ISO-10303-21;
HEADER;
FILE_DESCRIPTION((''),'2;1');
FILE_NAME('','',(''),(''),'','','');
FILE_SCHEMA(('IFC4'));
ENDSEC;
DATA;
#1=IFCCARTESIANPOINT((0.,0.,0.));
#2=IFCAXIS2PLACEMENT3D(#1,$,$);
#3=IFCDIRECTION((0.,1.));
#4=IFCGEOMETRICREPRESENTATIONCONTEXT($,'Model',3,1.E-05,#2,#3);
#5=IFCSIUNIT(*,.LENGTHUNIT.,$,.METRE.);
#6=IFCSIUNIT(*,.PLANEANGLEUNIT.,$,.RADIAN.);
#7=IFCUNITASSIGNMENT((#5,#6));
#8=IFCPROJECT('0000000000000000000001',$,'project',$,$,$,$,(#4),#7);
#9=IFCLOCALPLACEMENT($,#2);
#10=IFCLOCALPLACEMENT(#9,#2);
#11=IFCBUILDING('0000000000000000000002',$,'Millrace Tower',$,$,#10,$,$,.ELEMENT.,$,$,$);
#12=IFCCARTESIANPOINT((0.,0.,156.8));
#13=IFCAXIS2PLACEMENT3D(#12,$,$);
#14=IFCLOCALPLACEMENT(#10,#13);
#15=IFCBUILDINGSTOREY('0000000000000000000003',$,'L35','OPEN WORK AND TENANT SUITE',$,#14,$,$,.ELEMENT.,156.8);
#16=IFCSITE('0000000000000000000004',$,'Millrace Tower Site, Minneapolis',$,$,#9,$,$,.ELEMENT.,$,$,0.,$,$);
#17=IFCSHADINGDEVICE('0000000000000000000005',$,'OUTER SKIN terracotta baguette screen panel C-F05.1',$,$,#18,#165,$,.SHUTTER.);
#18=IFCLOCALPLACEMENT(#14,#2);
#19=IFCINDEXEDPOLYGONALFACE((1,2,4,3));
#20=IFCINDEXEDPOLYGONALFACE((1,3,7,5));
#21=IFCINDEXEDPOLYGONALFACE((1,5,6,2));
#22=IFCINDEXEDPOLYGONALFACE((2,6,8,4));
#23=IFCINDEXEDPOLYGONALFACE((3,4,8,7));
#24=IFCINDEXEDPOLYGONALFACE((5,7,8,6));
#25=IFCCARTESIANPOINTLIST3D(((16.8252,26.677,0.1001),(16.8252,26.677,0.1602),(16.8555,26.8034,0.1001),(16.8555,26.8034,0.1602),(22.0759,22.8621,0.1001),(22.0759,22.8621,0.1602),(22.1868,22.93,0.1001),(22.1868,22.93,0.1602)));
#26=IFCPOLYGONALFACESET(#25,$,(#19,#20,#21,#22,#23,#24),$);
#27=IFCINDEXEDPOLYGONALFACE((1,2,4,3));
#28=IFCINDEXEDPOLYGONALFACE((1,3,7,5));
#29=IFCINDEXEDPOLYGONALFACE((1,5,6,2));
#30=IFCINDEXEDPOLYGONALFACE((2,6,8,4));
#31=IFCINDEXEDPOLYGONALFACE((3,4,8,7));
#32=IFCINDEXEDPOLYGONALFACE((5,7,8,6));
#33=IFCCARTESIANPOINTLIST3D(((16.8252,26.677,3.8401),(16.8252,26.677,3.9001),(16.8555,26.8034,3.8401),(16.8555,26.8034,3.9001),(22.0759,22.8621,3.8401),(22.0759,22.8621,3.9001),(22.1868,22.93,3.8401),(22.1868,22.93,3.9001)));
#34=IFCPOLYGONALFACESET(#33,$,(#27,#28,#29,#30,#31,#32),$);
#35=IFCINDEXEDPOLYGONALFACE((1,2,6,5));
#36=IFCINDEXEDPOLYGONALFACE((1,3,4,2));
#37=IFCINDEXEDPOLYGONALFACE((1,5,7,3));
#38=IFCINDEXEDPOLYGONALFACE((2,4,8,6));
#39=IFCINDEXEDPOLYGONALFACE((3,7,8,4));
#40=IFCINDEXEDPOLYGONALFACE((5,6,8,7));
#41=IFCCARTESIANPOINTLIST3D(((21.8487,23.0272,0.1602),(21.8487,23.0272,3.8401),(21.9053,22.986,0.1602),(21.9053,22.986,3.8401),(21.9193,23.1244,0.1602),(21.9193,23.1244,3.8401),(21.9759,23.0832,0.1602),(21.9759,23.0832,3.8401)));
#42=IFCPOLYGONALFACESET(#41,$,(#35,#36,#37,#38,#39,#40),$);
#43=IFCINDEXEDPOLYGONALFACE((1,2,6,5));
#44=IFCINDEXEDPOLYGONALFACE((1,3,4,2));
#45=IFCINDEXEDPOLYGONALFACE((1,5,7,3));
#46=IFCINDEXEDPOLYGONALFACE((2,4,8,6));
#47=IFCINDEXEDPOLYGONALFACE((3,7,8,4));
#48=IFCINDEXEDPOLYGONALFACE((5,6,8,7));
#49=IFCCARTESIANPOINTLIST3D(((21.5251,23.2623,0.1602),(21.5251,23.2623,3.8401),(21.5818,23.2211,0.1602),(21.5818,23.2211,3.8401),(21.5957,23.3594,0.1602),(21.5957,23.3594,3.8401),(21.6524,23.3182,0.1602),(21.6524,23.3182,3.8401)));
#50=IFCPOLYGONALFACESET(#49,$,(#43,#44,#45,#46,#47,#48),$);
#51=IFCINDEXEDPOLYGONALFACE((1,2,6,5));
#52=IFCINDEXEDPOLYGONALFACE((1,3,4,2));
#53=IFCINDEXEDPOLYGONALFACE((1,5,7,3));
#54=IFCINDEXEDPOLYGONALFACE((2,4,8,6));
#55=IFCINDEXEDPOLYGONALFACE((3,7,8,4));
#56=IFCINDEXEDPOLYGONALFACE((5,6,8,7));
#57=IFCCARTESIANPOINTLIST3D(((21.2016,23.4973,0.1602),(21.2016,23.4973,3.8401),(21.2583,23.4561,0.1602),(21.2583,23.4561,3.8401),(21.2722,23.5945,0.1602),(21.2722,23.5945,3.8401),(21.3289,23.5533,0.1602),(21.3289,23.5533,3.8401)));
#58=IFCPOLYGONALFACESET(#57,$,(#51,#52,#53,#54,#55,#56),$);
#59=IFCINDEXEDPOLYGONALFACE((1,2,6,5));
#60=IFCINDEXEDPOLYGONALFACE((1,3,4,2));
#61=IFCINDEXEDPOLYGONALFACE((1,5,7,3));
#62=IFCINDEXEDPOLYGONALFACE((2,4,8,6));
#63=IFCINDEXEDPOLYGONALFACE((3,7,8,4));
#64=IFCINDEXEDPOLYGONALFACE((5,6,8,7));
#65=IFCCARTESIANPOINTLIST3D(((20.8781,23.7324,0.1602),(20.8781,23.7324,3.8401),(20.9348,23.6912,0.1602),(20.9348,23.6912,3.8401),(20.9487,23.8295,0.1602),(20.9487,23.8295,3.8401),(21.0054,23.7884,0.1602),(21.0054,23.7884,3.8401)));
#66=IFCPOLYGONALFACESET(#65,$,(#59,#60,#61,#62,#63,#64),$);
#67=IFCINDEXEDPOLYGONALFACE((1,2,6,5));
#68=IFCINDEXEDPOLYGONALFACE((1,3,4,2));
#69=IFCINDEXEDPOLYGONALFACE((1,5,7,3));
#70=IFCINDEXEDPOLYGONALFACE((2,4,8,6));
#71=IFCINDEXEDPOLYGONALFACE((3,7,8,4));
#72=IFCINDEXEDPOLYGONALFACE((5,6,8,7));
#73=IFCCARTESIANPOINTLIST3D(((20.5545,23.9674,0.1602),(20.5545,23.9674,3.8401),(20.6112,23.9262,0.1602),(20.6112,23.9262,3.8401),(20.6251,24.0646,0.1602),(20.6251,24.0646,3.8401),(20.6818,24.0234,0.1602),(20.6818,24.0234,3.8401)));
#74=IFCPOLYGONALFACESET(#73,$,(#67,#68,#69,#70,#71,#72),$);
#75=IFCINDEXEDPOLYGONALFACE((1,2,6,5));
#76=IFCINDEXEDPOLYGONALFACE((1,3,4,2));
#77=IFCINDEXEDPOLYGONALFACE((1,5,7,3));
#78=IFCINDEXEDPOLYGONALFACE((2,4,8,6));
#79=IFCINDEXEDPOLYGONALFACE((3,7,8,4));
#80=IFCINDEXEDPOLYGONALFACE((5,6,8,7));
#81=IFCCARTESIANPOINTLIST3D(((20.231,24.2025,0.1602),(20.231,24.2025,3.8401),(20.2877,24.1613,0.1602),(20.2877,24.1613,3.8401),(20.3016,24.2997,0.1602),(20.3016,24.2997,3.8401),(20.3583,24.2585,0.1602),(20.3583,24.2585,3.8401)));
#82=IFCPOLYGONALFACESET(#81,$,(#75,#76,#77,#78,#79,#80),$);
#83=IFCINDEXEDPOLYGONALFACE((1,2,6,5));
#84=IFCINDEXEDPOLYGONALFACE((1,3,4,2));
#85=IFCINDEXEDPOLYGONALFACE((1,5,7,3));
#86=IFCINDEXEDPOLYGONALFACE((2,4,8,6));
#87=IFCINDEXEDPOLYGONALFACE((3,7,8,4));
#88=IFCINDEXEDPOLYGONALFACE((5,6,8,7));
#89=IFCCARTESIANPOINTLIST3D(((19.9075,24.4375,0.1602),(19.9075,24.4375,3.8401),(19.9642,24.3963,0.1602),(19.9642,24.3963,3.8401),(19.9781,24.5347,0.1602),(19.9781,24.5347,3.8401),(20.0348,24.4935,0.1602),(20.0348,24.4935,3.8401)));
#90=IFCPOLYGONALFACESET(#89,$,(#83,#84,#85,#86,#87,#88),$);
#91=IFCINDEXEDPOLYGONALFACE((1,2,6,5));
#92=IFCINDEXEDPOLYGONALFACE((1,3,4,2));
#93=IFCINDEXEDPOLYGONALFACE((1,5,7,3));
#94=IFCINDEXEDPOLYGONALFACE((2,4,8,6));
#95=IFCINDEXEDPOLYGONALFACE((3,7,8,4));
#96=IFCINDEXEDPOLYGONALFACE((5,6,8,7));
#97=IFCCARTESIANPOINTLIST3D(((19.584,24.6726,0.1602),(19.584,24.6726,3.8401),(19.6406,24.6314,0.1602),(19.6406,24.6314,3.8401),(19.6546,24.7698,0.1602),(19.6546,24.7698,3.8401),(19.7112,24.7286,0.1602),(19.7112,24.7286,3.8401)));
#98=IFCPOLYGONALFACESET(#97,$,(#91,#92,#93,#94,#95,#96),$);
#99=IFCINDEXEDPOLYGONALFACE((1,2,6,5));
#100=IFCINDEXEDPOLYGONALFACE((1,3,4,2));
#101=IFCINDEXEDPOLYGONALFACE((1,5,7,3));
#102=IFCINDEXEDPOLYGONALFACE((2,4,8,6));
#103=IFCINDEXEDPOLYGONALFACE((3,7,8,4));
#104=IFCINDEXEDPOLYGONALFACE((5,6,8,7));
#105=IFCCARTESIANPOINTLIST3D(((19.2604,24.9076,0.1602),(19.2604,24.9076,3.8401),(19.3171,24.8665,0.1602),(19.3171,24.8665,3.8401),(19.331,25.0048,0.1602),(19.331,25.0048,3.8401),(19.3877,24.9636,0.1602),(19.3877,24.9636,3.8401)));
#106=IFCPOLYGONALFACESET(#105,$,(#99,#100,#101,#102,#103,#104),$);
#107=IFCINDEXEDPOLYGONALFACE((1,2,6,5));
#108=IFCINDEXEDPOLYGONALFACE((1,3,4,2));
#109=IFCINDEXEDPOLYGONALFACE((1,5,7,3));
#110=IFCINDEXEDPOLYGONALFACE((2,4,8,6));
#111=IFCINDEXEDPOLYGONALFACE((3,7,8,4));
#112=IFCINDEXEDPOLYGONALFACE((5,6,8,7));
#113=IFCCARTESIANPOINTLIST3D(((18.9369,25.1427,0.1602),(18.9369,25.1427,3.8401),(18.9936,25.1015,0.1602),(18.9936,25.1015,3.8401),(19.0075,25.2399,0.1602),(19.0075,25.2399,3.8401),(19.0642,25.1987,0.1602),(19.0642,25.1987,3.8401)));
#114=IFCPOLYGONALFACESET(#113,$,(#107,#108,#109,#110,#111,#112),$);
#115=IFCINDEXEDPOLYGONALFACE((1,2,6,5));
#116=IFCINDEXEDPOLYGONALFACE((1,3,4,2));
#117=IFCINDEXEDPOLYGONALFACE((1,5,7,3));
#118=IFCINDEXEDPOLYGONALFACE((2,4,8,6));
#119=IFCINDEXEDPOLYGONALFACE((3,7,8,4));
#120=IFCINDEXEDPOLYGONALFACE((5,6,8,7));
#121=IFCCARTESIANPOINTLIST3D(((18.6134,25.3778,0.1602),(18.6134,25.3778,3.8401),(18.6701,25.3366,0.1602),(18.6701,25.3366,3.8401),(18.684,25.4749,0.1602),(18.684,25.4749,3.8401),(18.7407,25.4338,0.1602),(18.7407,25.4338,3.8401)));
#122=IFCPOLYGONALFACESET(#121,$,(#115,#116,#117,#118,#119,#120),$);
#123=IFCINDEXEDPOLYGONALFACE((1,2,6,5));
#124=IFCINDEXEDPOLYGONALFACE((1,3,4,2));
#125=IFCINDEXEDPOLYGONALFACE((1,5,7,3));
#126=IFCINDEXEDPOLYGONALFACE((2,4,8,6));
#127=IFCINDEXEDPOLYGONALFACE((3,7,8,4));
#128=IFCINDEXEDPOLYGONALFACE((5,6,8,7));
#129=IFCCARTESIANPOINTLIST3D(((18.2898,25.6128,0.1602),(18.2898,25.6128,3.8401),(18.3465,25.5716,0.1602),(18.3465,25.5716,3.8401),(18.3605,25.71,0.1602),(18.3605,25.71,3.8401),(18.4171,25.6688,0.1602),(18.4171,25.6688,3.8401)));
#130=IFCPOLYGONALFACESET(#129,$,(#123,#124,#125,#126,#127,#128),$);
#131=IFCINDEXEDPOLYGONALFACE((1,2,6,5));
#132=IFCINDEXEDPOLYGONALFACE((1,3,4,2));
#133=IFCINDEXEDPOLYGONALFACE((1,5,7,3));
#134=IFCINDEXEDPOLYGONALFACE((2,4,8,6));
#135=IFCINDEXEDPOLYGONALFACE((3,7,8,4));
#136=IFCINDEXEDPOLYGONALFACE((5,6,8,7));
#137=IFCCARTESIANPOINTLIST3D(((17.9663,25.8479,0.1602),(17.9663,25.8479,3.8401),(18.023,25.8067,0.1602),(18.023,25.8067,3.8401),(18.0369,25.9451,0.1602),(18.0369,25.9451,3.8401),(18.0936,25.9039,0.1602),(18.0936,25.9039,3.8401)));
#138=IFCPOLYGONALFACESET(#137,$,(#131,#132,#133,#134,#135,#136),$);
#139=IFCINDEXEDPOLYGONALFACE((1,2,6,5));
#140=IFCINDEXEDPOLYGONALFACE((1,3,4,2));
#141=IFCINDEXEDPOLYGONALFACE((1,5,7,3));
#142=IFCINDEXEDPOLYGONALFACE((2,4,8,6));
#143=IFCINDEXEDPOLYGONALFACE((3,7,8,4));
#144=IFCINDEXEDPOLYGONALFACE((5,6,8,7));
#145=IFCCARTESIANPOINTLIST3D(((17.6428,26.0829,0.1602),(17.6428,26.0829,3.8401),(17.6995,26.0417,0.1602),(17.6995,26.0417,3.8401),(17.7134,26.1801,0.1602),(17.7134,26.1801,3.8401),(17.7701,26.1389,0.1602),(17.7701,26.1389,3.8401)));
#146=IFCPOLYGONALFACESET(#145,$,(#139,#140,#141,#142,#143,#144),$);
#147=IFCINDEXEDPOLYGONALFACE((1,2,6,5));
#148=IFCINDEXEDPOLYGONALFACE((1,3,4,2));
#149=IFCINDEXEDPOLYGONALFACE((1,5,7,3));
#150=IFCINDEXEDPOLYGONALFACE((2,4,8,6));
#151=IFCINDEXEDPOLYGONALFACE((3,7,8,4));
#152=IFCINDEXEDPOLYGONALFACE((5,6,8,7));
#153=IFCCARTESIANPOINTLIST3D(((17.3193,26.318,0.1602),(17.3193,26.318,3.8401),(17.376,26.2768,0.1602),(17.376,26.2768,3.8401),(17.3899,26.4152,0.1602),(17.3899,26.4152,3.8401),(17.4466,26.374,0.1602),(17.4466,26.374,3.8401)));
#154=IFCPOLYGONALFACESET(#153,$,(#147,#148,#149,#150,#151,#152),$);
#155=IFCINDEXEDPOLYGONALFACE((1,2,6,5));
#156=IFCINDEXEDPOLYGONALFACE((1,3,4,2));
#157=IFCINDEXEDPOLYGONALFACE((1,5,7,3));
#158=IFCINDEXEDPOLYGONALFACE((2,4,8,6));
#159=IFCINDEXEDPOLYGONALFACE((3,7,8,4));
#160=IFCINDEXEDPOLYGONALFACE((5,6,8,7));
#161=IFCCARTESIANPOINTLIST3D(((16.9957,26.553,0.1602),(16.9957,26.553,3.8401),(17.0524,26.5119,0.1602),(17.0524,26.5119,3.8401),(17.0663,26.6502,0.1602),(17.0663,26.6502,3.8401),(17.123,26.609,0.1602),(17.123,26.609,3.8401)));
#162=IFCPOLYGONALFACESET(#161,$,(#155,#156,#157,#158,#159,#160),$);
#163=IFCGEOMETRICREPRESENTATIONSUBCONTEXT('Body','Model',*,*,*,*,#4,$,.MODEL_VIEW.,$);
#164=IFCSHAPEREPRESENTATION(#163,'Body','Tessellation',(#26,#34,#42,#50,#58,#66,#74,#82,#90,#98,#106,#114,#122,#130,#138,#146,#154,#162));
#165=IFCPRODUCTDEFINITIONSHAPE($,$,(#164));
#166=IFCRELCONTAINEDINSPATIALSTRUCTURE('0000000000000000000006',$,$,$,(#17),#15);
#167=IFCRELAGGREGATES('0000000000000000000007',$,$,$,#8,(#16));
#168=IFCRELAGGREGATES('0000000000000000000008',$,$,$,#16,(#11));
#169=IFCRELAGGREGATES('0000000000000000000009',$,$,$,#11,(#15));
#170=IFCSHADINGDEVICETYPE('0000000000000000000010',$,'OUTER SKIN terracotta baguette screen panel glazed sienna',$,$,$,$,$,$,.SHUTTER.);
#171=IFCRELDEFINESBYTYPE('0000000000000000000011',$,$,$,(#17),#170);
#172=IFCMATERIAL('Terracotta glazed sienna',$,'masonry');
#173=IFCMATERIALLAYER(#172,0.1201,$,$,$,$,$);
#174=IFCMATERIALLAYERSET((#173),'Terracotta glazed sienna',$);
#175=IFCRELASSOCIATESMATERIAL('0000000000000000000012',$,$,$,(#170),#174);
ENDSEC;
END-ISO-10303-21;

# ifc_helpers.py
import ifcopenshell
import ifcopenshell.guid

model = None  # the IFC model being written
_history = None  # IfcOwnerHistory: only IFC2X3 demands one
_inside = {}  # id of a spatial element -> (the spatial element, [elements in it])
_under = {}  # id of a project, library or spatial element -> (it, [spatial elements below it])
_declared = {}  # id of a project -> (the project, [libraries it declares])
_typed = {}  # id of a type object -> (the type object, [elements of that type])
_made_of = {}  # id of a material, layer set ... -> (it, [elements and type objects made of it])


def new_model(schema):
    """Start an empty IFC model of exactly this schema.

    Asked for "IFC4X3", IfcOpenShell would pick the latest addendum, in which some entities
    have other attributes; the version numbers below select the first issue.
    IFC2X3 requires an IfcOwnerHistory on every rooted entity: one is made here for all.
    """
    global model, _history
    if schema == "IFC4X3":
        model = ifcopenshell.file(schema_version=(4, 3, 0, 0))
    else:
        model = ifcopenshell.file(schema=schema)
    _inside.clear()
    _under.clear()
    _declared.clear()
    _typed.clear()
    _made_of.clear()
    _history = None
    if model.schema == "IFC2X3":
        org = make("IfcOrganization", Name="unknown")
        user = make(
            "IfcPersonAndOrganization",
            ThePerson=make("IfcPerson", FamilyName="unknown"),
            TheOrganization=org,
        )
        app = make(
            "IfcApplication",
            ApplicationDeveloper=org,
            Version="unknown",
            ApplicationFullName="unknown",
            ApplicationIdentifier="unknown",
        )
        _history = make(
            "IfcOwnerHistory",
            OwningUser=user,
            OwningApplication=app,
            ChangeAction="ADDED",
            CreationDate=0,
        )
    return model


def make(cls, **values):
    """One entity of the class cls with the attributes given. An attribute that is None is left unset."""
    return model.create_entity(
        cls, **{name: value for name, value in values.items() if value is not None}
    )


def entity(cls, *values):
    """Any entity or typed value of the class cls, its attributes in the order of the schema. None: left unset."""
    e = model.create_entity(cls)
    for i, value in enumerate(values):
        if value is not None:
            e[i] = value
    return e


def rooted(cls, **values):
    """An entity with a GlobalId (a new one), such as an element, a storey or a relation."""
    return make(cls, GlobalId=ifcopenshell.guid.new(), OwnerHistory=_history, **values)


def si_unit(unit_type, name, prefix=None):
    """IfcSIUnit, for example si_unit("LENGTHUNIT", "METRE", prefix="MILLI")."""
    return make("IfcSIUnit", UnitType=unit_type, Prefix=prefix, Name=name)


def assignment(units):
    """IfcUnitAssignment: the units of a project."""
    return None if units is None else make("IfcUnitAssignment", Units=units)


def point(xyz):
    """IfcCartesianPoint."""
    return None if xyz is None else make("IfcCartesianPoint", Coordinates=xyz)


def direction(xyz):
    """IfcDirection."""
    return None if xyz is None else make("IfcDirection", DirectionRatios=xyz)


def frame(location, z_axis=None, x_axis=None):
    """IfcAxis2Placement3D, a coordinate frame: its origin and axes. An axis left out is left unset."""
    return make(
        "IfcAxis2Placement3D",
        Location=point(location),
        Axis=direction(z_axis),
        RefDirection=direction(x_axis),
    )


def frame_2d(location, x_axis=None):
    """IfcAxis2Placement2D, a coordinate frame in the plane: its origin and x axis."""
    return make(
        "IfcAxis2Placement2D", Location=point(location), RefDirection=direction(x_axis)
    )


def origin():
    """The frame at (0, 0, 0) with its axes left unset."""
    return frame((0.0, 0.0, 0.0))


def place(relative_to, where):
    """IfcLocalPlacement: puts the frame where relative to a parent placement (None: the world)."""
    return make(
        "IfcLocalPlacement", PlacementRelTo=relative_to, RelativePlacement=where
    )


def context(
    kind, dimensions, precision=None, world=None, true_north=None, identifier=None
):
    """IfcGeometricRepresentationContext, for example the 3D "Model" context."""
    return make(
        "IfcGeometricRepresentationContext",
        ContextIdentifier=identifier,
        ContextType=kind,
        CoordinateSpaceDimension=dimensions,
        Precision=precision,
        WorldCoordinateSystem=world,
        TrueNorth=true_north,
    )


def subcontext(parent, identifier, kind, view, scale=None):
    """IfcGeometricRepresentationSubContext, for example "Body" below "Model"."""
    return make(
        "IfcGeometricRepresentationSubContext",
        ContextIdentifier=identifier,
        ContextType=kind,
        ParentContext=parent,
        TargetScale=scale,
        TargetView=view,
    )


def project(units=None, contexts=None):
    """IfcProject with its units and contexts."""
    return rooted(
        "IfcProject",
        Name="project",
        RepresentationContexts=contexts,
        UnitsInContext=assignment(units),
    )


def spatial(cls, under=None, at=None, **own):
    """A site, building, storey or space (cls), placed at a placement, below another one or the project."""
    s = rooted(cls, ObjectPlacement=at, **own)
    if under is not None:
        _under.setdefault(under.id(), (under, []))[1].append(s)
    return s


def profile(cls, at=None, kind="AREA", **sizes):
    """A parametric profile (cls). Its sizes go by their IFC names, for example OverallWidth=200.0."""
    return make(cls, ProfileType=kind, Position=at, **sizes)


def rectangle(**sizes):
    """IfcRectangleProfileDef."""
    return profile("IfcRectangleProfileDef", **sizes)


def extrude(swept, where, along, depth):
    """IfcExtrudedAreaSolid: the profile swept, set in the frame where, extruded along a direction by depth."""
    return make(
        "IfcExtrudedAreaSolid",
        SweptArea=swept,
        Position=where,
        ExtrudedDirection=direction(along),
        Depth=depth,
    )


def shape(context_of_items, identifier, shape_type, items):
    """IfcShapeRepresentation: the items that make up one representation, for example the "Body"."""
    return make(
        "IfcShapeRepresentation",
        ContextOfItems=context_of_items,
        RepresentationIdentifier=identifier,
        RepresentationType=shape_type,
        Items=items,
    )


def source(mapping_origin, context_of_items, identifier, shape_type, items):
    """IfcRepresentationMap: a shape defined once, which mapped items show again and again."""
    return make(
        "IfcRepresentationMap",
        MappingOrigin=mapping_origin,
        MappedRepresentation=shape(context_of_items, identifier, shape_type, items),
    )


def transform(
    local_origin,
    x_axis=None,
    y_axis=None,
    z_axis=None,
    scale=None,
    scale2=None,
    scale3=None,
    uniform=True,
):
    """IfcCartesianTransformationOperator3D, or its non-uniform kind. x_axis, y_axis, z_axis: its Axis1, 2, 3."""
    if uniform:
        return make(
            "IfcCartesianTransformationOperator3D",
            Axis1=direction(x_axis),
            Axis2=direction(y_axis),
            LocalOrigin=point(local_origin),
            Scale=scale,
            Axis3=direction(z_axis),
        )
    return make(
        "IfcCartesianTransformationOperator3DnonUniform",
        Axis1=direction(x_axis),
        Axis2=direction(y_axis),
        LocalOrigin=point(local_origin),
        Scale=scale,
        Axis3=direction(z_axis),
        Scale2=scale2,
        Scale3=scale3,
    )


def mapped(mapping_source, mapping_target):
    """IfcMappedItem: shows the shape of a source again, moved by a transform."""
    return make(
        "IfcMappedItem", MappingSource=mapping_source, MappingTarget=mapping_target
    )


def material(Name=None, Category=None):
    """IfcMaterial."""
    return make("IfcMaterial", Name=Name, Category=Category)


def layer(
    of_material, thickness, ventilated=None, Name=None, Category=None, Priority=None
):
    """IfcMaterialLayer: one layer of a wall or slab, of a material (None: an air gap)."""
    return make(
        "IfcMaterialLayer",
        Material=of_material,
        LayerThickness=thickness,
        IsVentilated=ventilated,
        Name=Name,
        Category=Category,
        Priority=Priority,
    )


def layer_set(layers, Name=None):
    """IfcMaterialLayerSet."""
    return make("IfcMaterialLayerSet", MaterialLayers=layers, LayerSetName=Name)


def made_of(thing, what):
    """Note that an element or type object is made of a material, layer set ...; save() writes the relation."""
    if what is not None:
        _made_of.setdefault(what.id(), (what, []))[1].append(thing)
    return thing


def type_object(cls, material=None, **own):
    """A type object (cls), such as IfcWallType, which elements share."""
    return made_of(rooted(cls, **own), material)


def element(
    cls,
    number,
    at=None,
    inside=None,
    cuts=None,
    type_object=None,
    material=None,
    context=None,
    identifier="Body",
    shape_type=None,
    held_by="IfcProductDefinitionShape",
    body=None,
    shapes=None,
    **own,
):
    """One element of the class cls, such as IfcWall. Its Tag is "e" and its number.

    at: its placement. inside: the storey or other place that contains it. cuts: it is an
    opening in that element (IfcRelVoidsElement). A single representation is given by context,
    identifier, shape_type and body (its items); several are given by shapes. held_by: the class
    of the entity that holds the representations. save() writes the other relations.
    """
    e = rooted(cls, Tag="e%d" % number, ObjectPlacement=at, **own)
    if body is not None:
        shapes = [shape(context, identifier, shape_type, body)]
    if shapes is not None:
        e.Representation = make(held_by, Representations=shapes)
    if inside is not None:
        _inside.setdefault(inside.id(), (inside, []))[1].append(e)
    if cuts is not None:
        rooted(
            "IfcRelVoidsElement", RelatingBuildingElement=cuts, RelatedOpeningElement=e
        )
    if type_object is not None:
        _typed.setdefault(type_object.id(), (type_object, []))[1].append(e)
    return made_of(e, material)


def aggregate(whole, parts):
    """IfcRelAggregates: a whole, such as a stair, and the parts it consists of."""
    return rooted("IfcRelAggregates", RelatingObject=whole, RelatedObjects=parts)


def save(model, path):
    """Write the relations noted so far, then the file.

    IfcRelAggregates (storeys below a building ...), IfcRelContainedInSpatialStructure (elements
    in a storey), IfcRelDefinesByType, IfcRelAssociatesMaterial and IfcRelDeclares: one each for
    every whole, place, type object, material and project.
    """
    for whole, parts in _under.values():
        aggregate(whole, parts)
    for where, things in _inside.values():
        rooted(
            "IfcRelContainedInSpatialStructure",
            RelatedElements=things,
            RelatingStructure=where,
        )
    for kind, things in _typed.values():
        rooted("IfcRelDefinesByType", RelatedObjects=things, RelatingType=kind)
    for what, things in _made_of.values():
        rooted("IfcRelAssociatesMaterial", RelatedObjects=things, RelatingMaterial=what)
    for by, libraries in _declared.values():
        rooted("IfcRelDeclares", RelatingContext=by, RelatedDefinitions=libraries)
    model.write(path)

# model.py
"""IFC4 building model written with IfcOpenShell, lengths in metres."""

from ifc_helpers import new_model, entity, si_unit, direction, frame, frame_2d, origin, place, context, subcontext, project, spatial, rectangle, extrude, source, transform, mapped, material, layer, layer_set, type_object, element, save


model = new_model("IFC4")

# Units and contexts
model_context = context("Model", 3, precision=1e-05, world=origin(), true_north=direction((0.0, 1.0)))
body_context = subcontext(model_context, "Body", "Model", "MODEL_VIEW")
ifc_project = project(units=[si_unit("LENGTHUNIT", "METRE"), si_unit("PLANEANGLEUNIT", "RADIAN")], contexts=[model_context])

# Site, building, storey
site_placement = place(None, origin())
site = spatial("IfcSite", under=ifc_project, at=site_placement, Name="Millrace Tower Site, Minneapolis", CompositionType="ELEMENT", RefElevation=0.0)
building_placement = place(site_placement, origin())
building = spatial("IfcBuilding", under=site, at=building_placement, Name="Millrace Tower", CompositionType="ELEMENT")
storey_placement = place(building_placement, frame((0.0, 0.0, 156.8)))
storey = spatial("IfcBuildingStorey", under=building, at=storey_placement, Name="L35", Description="OPEN WORK AND TENANT SUITE", CompositionType="ELEMENT", Elevation=156.8)

# Shading device
ifc_material_1 = material(Name="Terracotta glazed sienna", Category="masonry")
ifc_layer_1 = layer(ifc_material_1, 0.1201)
ifc_layer_set_1 = layer_set([ifc_layer_1], Name="Terracotta glazed sienna")
shading_device_type = type_object("IfcShadingDeviceType", Name="OUTER SKIN terracotta baguette screen panel glazed sienna", PredefinedType="SHUTTER", material=ifc_layer_set_1)
cartesian_point_1 = entity("IfcCartesianPoint", [-3.2451, 0.0601])
shared_polyline_1 = entity("IfcPolyline", [cartesian_point_1, entity("IfcCartesianPoint", [3.2451, 0.0601]), entity("IfcCartesianPoint", [3.2949, -0.0601]), entity("IfcCartesianPoint", [-3.2949, -0.0601]), cartesian_point_1])
shared_shape_1 = source(origin(), body_context, "Body", "SweptSolid", [
    entity("IfcExtrudedAreaSolid", entity("IfcArbitraryClosedProfileDef", "AREA", None, shared_polyline_1), entity("IfcAxis2Placement3D", entity("IfcCartesianPoint", [0.0, 0.0, 0.0])), entity("IfcDirection", [0.0, 0.0, 1.0]), 0.0601),
    entity("IfcExtrudedAreaSolid", entity("IfcArbitraryClosedProfileDef", "AREA", None, shared_polyline_1), entity("IfcAxis2Placement3D", entity("IfcCartesianPoint", [0.0, 0.0, 3.74])), entity("IfcDirection", [0.0, 0.0, 1.0]), 0.0601),
    extrude(rectangle(XDim=0.0701, YDim=0.1201, at=frame_2d((-2.9993, 0.0))), frame((0.0, 0.0, 0.0601)), (0.0, 0.0, 1.0), 3.6799),
    extrude(rectangle(XDim=0.0701, YDim=0.1201, at=frame_2d((-2.5994, 0.0))), frame((0.0, 0.0, 0.0601)), (0.0, 0.0, 1.0), 3.6799),
    extrude(rectangle(XDim=0.0701, YDim=0.1201, at=frame_2d((-2.1995, 0.0))), frame((0.0, 0.0, 0.0601)), (0.0, 0.0, 1.0), 3.6799),
    extrude(rectangle(XDim=0.0701, YDim=0.1201, at=frame_2d((-1.7996, 0.0))), frame((0.0, 0.0, 0.0601)), (0.0, 0.0, 1.0), 3.6799),
    extrude(rectangle(XDim=0.0701, YDim=0.1201, at=frame_2d((-1.3997, 0.0))), frame((0.0, 0.0, 0.0601)), (0.0, 0.0, 1.0), 3.6799),
    extrude(rectangle(XDim=0.0701, YDim=0.1201, at=frame_2d((-0.9998, 0.0))), frame((0.0, 0.0, 0.0601)), (0.0, 0.0, 1.0), 3.6799),
    extrude(rectangle(XDim=0.0701, YDim=0.1201, at=frame_2d((-0.5999, 0.0))), frame((0.0, 0.0, 0.0601)), (0.0, 0.0, 1.0), 3.6799),
    extrude(rectangle(XDim=0.0701, YDim=0.1201, at=frame_2d((-0.2, 0.0))), frame((0.0, 0.0, 0.0601)), (0.0, 0.0, 1.0), 3.6799),
    extrude(rectangle(XDim=0.0701, YDim=0.1201, at=frame_2d((0.2, 0.0))), frame((0.0, 0.0, 0.0601)), (0.0, 0.0, 1.0), 3.6799),
    extrude(rectangle(XDim=0.0701, YDim=0.1201, at=frame_2d((0.5999, 0.0))), frame((0.0, 0.0, 0.0601)), (0.0, 0.0, 1.0), 3.6799),
    extrude(rectangle(XDim=0.0701, YDim=0.1201, at=frame_2d((0.9998, 0.0))), frame((0.0, 0.0, 0.0601)), (0.0, 0.0, 1.0), 3.6799),
    extrude(rectangle(XDim=0.0701, YDim=0.1201, at=frame_2d((1.3997, 0.0))), frame((0.0, 0.0, 0.0601)), (0.0, 0.0, 1.0), 3.6799),
    extrude(rectangle(XDim=0.0701, YDim=0.1201, at=frame_2d((1.7996, 0.0))), frame((0.0, 0.0, 0.0601)), (0.0, 0.0, 1.0), 3.6799),
    extrude(rectangle(XDim=0.0701, YDim=0.1201, at=frame_2d((2.1995, 0.0))), frame((0.0, 0.0, 0.0601)), (0.0, 0.0, 1.0), 3.6799),
    extrude(rectangle(XDim=0.0701, YDim=0.1201, at=frame_2d((2.5994, 0.0))), frame((0.0, 0.0, 0.0601)), (0.0, 0.0, 1.0), 3.6799),
    extrude(rectangle(XDim=0.0701, YDim=0.1201, at=frame_2d((2.9993, 0.0))), frame((0.0, 0.0, 0.0601)), (0.0, 0.0, 1.0), 3.6799),
])
shading_device_1_placement = place(storey_placement, frame((19.4858, 24.8181, 0.1001), z_axis=(0.0, 0.0, 1.0), x_axis=(-0.809017, 0.587785, 0.0)))
element("IfcShadingDevice", 1, at=shading_device_1_placement, inside=storey, type_object=shading_device_type, Name="OUTER SKIN terracotta baguette screen panel C-F05.1", PredefinedType="SHUTTER", context=body_context, shape_type="MappedRepresentation", body=[
    mapped(shared_shape_1, transform((0.0, 0.0, 0.0), scale=1.0)),
])

save(model, "model.ifc")
